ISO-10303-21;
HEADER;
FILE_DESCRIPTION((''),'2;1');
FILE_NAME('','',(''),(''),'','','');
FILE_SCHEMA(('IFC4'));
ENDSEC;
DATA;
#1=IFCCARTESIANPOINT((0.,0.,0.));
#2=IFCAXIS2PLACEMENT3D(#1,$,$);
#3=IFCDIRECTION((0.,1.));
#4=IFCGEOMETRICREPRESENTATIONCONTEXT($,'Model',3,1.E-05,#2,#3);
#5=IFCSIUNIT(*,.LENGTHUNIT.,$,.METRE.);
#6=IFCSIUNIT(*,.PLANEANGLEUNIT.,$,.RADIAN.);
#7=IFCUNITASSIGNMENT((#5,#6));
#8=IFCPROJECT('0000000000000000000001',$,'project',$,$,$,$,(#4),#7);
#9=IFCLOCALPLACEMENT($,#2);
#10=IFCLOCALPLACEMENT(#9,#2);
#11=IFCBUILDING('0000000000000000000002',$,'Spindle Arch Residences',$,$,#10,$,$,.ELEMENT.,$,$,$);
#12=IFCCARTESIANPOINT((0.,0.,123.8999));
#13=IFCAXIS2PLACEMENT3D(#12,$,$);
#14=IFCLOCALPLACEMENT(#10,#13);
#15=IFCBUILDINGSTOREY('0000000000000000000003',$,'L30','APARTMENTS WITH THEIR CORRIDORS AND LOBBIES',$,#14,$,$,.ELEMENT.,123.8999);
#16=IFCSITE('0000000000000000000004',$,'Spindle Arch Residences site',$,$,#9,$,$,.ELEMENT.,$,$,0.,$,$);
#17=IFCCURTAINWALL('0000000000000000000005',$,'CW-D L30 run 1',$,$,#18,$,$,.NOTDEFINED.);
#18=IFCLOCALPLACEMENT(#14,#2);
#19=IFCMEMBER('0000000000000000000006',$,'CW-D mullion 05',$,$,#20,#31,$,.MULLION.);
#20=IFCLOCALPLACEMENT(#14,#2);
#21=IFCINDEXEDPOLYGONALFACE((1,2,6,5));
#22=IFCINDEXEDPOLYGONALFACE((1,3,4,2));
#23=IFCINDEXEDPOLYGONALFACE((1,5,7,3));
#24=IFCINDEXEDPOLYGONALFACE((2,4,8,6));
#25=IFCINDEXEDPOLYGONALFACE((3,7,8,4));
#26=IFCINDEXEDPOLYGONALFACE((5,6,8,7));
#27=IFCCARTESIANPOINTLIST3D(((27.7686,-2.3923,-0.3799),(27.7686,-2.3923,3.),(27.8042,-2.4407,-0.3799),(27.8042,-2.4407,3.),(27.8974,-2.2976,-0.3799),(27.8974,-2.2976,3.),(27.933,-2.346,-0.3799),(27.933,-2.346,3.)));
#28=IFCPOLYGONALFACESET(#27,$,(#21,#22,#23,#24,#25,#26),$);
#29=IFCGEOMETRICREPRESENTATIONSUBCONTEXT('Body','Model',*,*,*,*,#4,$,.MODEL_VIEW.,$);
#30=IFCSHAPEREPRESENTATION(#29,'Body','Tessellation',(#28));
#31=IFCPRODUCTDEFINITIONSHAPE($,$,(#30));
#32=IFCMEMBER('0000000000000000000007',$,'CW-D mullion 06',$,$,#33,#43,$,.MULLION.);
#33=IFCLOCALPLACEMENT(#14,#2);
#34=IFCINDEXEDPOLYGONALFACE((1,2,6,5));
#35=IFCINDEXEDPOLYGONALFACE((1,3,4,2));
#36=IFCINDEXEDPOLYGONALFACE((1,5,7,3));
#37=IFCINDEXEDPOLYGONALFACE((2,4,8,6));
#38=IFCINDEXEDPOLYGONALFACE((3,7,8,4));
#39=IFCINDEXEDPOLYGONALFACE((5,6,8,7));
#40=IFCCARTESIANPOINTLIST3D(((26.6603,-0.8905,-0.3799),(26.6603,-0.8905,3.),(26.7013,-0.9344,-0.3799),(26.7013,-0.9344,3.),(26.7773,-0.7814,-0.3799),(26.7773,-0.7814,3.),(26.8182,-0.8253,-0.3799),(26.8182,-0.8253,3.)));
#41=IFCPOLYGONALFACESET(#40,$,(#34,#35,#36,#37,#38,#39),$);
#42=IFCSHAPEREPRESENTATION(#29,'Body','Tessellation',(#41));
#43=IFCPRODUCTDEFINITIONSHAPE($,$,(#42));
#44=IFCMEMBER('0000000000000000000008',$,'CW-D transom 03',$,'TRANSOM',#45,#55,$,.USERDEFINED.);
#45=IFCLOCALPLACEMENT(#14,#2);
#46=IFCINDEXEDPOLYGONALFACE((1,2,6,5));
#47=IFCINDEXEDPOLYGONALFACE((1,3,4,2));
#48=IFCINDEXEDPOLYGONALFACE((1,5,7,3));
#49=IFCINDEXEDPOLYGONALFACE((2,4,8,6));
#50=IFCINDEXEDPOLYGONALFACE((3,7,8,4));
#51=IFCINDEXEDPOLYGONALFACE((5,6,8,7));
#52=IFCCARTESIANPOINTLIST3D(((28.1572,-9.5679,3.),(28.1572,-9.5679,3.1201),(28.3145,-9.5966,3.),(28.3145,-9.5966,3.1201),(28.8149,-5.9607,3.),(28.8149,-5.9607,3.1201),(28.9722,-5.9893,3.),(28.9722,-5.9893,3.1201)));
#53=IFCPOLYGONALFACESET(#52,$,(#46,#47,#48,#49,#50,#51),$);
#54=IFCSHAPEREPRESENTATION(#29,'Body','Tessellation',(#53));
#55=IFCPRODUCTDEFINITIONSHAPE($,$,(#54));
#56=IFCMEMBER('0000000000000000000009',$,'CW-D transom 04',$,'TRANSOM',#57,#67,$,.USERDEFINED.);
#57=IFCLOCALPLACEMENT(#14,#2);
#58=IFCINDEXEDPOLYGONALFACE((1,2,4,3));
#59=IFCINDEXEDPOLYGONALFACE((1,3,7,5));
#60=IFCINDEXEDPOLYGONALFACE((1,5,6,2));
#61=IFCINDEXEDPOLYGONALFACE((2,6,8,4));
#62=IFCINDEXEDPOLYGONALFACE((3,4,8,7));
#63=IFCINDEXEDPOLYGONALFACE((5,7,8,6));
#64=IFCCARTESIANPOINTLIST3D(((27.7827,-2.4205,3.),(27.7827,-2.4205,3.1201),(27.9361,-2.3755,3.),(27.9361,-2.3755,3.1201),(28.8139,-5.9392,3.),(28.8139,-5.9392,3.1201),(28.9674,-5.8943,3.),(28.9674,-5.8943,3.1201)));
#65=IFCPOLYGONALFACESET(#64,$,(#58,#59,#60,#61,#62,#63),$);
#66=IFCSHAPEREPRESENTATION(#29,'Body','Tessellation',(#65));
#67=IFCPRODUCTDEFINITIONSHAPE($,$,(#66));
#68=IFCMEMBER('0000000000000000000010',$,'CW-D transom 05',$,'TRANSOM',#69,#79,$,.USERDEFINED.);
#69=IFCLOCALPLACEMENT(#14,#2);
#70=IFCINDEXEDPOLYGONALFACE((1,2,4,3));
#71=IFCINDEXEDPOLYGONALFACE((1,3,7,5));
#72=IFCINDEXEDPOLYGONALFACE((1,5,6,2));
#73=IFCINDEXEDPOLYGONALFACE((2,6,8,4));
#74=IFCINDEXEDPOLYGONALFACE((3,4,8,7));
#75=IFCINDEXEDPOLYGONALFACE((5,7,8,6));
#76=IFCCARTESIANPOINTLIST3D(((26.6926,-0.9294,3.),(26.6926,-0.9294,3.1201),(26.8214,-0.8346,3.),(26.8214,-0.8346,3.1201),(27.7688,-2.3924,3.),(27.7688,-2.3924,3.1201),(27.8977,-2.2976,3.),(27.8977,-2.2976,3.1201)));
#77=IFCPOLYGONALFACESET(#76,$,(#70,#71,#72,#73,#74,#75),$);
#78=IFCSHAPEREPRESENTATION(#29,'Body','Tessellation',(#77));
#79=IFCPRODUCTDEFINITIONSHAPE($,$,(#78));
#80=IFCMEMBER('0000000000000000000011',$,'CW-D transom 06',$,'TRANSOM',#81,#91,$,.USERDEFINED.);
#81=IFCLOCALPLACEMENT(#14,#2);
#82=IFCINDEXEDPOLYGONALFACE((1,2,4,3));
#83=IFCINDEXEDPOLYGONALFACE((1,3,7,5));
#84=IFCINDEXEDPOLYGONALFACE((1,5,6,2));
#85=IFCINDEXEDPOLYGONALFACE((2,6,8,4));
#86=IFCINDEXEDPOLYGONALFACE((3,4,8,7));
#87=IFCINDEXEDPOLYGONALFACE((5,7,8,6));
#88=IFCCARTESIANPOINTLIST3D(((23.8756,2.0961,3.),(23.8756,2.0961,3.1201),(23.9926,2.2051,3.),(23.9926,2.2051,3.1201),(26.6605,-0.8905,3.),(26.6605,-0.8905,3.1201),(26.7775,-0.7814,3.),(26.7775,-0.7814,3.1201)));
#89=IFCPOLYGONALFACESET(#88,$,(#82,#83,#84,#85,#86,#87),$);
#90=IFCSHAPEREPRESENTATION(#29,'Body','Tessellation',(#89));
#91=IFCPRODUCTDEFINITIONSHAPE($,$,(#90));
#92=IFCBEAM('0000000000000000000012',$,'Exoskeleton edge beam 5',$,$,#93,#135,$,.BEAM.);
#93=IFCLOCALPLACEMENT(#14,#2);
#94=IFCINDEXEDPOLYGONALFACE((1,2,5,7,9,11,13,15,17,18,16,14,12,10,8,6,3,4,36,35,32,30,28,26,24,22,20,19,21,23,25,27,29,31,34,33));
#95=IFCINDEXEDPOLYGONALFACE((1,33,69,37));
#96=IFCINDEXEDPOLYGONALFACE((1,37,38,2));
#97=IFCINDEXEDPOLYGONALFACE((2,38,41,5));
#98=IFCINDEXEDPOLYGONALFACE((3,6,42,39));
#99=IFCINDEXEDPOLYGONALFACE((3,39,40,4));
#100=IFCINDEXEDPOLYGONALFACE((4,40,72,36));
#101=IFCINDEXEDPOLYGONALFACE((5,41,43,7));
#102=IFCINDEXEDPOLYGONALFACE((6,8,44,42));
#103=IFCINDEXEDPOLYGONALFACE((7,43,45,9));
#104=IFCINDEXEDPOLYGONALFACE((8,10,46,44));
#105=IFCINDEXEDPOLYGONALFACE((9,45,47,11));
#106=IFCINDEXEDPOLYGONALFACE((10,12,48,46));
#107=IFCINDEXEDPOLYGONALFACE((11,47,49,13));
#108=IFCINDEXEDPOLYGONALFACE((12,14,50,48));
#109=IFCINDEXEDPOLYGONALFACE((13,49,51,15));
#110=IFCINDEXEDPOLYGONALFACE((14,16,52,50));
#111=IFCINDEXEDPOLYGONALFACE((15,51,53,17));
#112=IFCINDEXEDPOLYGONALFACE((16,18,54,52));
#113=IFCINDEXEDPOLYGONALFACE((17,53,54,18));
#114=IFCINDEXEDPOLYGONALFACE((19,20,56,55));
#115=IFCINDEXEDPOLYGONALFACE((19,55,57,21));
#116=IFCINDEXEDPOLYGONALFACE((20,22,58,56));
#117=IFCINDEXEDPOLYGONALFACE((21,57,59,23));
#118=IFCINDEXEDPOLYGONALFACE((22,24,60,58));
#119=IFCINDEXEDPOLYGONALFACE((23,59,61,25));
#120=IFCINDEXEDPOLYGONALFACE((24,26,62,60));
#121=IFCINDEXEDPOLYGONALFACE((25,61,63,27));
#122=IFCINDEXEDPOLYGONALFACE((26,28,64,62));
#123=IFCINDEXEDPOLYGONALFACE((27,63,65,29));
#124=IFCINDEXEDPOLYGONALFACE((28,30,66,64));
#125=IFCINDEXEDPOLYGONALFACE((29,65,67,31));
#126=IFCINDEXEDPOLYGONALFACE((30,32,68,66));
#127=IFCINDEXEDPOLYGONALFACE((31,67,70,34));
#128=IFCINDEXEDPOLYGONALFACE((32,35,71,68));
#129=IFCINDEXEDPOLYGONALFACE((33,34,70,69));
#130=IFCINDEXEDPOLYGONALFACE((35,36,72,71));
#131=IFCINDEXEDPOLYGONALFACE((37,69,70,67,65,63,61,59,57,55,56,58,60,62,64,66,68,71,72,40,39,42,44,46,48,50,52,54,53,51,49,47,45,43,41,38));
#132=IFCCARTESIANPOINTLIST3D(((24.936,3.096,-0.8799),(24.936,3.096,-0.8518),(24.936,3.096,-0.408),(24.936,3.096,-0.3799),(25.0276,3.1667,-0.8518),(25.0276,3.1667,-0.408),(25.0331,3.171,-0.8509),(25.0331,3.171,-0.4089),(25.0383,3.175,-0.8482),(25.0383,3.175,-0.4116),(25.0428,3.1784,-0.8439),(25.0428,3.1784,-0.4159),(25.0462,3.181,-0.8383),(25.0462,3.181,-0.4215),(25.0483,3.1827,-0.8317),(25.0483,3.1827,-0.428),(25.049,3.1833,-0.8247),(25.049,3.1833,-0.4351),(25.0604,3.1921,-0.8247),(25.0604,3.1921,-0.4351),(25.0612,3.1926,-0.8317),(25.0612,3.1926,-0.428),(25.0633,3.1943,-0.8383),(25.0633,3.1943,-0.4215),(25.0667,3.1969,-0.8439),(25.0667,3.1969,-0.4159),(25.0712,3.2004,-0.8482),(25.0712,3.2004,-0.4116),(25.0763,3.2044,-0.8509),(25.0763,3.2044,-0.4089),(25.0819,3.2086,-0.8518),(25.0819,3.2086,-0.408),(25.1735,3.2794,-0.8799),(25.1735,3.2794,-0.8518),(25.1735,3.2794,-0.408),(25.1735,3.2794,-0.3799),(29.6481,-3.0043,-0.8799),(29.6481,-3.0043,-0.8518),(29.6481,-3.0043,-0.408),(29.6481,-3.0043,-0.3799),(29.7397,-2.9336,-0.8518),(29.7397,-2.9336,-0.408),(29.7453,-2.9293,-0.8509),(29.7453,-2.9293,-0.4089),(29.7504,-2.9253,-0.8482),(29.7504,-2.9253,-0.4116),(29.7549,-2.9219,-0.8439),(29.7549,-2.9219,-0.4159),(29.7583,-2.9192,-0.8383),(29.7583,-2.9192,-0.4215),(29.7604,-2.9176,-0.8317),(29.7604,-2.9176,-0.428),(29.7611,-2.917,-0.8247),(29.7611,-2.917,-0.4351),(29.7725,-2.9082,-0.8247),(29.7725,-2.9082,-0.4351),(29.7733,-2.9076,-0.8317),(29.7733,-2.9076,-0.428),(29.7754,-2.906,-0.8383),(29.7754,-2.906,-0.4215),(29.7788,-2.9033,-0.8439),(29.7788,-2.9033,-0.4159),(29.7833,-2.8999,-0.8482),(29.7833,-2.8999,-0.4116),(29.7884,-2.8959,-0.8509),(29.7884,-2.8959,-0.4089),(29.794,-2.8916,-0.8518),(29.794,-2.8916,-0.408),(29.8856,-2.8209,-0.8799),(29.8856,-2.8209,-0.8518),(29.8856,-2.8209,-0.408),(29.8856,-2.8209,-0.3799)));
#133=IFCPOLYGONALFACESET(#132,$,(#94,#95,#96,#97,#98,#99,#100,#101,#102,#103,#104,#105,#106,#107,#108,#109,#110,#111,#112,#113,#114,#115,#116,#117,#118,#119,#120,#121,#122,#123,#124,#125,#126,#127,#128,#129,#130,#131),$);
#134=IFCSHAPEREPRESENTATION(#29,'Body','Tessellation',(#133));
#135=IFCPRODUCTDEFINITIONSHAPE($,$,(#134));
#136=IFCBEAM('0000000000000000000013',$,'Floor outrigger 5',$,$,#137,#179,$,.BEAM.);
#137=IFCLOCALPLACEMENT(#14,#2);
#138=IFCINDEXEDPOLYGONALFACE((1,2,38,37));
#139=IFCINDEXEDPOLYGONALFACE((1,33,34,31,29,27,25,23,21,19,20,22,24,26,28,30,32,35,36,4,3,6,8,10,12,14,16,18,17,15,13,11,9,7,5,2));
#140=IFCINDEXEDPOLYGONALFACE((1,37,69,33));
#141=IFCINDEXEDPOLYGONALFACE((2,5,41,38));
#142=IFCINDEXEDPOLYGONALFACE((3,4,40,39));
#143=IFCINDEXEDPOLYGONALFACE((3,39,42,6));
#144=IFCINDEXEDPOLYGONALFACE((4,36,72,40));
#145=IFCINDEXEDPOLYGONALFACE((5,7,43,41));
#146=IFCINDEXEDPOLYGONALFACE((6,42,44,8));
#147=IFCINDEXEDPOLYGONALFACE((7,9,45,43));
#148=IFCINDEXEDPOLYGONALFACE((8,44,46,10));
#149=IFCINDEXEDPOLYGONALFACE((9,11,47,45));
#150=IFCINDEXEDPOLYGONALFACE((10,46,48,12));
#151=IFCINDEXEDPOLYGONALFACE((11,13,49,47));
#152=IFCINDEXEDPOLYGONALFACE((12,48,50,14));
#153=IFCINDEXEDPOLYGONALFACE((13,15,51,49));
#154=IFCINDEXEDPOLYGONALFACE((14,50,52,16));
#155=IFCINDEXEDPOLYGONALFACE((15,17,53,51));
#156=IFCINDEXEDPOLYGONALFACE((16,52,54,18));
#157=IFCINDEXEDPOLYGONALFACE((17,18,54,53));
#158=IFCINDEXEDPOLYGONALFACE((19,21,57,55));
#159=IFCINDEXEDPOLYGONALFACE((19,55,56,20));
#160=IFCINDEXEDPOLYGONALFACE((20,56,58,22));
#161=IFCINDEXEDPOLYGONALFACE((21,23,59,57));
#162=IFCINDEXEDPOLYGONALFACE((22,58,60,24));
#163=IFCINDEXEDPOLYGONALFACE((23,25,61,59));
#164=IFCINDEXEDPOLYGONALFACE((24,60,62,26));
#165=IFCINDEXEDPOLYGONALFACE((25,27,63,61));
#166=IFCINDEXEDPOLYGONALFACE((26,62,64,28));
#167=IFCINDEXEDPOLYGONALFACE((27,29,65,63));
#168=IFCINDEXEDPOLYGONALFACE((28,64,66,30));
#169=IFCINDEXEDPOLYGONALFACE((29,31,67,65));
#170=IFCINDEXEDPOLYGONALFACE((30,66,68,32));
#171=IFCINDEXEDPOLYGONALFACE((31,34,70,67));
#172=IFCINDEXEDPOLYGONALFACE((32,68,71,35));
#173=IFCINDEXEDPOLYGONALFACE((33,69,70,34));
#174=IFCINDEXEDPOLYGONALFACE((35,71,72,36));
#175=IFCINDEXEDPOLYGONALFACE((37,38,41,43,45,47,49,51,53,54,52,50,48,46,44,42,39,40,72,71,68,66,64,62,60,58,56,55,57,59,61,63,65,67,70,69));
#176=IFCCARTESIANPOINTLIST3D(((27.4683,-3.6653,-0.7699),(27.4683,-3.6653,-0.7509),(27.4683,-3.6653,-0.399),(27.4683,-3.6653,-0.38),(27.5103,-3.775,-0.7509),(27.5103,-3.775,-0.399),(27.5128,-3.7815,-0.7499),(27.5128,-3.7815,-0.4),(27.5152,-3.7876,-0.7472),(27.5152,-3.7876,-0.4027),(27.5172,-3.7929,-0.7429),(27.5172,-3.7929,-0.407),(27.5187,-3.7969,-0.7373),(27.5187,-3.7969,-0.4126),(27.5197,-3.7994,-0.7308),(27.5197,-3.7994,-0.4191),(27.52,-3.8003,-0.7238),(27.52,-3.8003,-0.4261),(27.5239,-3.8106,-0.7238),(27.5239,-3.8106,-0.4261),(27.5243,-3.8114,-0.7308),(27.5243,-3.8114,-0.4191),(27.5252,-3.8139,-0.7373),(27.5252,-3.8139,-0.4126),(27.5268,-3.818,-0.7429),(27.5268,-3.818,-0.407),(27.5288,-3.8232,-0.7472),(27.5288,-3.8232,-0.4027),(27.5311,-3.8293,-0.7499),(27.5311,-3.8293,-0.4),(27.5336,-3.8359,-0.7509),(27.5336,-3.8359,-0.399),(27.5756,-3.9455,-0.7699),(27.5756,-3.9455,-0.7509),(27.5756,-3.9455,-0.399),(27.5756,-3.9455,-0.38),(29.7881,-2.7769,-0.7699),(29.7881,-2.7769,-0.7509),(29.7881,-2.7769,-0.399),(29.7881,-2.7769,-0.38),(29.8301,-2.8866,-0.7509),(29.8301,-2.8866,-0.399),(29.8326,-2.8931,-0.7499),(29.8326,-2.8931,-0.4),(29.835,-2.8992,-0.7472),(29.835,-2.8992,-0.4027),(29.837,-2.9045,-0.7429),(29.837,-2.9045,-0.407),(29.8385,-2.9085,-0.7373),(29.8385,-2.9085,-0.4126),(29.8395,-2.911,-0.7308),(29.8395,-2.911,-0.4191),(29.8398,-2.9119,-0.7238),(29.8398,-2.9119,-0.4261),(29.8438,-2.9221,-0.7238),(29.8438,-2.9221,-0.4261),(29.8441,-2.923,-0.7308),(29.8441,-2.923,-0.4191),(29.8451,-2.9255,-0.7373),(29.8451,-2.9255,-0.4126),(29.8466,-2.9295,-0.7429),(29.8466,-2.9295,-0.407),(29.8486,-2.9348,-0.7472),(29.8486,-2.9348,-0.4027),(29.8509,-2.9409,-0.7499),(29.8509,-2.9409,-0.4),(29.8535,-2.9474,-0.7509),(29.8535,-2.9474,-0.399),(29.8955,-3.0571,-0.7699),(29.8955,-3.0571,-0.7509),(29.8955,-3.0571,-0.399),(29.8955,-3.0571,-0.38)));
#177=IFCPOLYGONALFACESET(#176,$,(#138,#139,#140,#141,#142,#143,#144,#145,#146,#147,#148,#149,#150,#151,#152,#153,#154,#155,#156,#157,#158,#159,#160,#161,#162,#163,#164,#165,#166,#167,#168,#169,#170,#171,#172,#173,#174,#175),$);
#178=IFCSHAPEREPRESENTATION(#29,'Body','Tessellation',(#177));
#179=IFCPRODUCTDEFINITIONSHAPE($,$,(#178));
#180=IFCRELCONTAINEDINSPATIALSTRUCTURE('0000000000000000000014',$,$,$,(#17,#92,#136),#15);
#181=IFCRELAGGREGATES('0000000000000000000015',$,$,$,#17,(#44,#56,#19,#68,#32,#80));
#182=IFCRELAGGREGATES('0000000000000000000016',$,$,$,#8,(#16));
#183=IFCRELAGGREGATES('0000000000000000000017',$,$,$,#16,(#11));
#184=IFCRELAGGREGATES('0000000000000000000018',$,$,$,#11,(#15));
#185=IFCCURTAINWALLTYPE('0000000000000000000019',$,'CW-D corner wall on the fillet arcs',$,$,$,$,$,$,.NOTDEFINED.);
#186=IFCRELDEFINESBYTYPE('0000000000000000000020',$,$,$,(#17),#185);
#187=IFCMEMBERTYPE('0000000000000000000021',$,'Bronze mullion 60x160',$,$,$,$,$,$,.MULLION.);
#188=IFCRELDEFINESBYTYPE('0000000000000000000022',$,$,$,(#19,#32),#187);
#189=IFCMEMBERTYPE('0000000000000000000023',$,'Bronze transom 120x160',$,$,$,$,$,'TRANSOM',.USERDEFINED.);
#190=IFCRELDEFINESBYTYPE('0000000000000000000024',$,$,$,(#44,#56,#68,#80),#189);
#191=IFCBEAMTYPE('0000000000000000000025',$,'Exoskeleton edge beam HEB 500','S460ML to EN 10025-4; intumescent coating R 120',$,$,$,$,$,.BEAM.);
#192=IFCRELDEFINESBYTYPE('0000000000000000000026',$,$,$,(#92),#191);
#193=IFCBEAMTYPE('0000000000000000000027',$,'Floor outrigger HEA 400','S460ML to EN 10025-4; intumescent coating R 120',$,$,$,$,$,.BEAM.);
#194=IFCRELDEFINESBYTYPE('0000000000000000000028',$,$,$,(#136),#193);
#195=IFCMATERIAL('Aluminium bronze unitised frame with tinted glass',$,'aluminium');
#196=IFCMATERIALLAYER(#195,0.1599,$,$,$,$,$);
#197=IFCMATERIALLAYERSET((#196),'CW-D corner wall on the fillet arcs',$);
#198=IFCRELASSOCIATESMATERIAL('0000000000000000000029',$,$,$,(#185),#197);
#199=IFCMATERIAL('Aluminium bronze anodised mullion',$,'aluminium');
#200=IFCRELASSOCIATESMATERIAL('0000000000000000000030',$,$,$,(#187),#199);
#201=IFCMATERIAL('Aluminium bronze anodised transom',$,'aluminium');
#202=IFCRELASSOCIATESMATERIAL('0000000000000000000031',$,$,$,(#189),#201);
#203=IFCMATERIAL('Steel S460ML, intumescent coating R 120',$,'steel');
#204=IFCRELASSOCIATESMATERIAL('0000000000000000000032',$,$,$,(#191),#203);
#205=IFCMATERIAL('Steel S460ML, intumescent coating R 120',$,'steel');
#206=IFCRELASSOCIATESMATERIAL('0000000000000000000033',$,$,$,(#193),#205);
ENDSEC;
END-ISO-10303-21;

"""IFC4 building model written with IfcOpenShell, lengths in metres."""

from ifc_helpers import new_model, si_unit, direction, frame, origin, origin_2d, place, context, subcontext, project, spatial, rectangle, i_section, extrude, material, layer, layer_set, material_profile, profile_set, type_object, element, aggregate, save


model = new_model("IFC4")

# Units and contexts
model_context = context("Model", 3, precision=1e-05, world=origin(), true_north=direction((0.0, 1.0)))
body_context = subcontext(model_context, "Body", "Model", "MODEL_VIEW")
ifc_project = project(units=[si_unit("LENGTHUNIT", "METRE"), si_unit("PLANEANGLEUNIT", "RADIAN")], contexts=[model_context])

# Site, building, storey
site_placement = place(None, origin())
site = spatial("IfcSite", under=ifc_project, at=site_placement, Name="Spindle Arch Residences site", CompositionType="ELEMENT", RefElevation=0.0)
building_placement = place(site_placement, origin())
building = spatial("IfcBuilding", under=site, at=building_placement, Name="Spindle Arch Residences", CompositionType="ELEMENT")
storey_placement = place(building_placement, frame((0.0, 0.0, 123.8999)))
storey = spatial("IfcBuildingStorey", under=building, at=storey_placement, Name="L30", Description="APARTMENTS WITH THEIR CORRIDORS AND LOBBIES", CompositionType="ELEMENT", Elevation=123.8999)

# Curtain wall, members
ifc_material_1 = material(Name="Aluminium bronze unitised frame with tinted glass", Category="aluminium")
ifc_layer_1 = layer(ifc_material_1, 0.1599)
ifc_layer_set_1 = layer_set([ifc_layer_1], Name="CW-D corner wall on the fillet arcs")
curtain_wall_type = type_object("IfcCurtainWallType", Name="CW-D corner wall on the fillet arcs", PredefinedType="NOTDEFINED", material=ifc_layer_set_1)
curtain_wall_placement = place(storey_placement, origin())
curtain_wall = element("IfcCurtainWall", 1, at=curtain_wall_placement, inside=storey, type_object=curtain_wall_type, Name="CW-D L30 run 1", PredefinedType="NOTDEFINED")
ifc_material_2 = material(Name="Aluminium bronze anodised mullion", Category="aluminium")
ifc_material_profile_1 = material_profile(ifc_material_2, rectangle(XDim=0.1599, YDim=0.0601, at=origin_2d()), Name="MU 60x160")
ifc_profile_set_1 = profile_set([ifc_material_profile_1], Name="Aluminium bronze anodised mullion")
member_type_1 = type_object("IfcMemberType", Name="Bronze mullion 60x160", PredefinedType="MULLION", material=ifc_profile_set_1)
member_1_placement = place(storey_placement, frame((27.8508, -2.3691, -0.3799), z_axis=(0.0, 0.0, 1.0), x_axis=(-0.805584, -0.592482, 0.0)))
member_1 = element("IfcMember", 2, at=member_1_placement, type_object=member_type_1, Name="CW-D mullion 05", PredefinedType="MULLION", context=body_context, shape_type="SweptSolid", body=[
    extrude(rectangle(XDim=0.1599, YDim=0.0601, at=origin_2d()), origin(), (0.0, 0.0, 1.0), 3.3799),
])
member_2_placement = place(storey_placement, frame((26.7393, -0.8579, -0.3799), z_axis=(0.0, 0.0, 1.0), x_axis=(-0.731354, -0.681998, 0.0)))
member_2 = element("IfcMember", 3, at=member_2_placement, type_object=member_type_1, Name="CW-D mullion 06", PredefinedType="MULLION", context=body_context, shape_type="SweptSolid", body=[
    extrude(rectangle(XDim=0.1599, YDim=0.0601, at=origin_2d()), origin(), (0.0, 0.0, 1.0), 3.3799),
])
ifc_material_3 = material(Name="Aluminium bronze anodised transom", Category="aluminium")
ifc_material_profile_2 = material_profile(ifc_material_3, rectangle(XDim=0.1599, YDim=0.1201, at=origin_2d()), Name="TR 120x160")
ifc_profile_set_2 = profile_set([ifc_material_profile_2], Name="Aluminium bronze anodised transom")
member_type_2 = type_object("IfcMemberType", Name="Bronze transom 120x160", ElementType="TRANSOM", PredefinedType="USERDEFINED", material=ifc_profile_set_2)
member_3_placement = place(storey_placement, frame((28.2358, -9.5823, 3.0601), z_axis=(0.179378, 0.98378, 0.0), x_axis=(-0.98378, 0.179378, 0.0)))
member_3 = element("IfcMember", 4, at=member_3_placement, type_object=member_type_2, Name="CW-D transom 03", ObjectType="TRANSOM", PredefinedType="USERDEFINED", context=body_context, shape_type="SweptSolid", body=[
    extrude(rectangle(XDim=0.1599, YDim=0.1201, at=origin_2d()), origin(), (0.0, 0.0, 1.0), 3.6667),
])
member_4_placement = place(storey_placement, frame((28.8906, -5.9167, 3.0601), z_axis=(-0.28124, 0.959638, 0.0), x_axis=(-0.959638, -0.28124, 0.0)))
member_4 = element("IfcMember", 5, at=member_4_placement, type_object=member_type_2, Name="CW-D transom 04", ObjectType="TRANSOM", PredefinedType="USERDEFINED", context=body_context, shape_type="SweptSolid", body=[
    extrude(rectangle(XDim=0.1599, YDim=0.1201, at=origin_2d()), origin(), (0.0, 0.0, 1.0), 3.6667),
])
member_5_placement = place(storey_placement, frame((27.8333, -2.345, 3.0601), z_axis=(-0.592575, 0.805515, 0.0), x_axis=(-0.805515, -0.592575, 0.0)))
member_5 = element("IfcMember", 6, at=member_5_placement, type_object=member_type_2, Name="CW-D transom 05", ObjectType="TRANSOM", PredefinedType="USERDEFINED", context=body_context, shape_type="SweptSolid", body=[
    extrude(rectangle(XDim=0.1599, YDim=0.1201, at=origin_2d()), origin(), (0.0, 0.0, 1.0), 1.8162),
])
member_6_placement = place(storey_placement, frame((26.719, -0.8359, 3.0601), z_axis=(-0.681984, 0.731367, 0.0), x_axis=(-0.731367, -0.681984, 0.0)))
member_6 = element("IfcMember", 7, at=member_6_placement, type_object=member_type_2, Name="CW-D transom 06", ObjectType="TRANSOM", PredefinedType="USERDEFINED", context=body_context, shape_type="SweptSolid", body=[
    extrude(rectangle(XDim=0.1599, YDim=0.1201, at=origin_2d()), origin(), (0.0, 0.0, 1.0), 4.0835),
])

# Beams
ifc_material_4 = material(Name="Steel S460ML, intumescent coating R 120", Category="steel")
ifc_material_profile_3 = material_profile(ifc_material_4, i_section(OverallWidth=0.3, OverallDepth=0.5, WebThickness=0.0144, FlangeThickness=0.0281, FilletRadius=0.0271, at=origin_2d()), Name="HEB 500")
ifc_profile_set_3 = profile_set([ifc_material_profile_3], Name="Steel S460ML, intumescent coating R 120")
beam_type_1 = type_object("IfcBeamType", Name="Exoskeleton edge beam HEB 500", Description="S460ML to EN 10025-4; intumescent coating R 120", PredefinedType="BEAM", material=ifc_profile_set_3)
beam_1_placement = place(storey_placement, frame((29.7668, -2.9126, -0.6299), z_axis=(-0.611306, 0.791394, 0.0), x_axis=(-0.791394, -0.611306, 0.0)))
element("IfcBeam", 8, at=beam_1_placement, inside=storey, type_object=beam_type_1, Name="Exoskeleton edge beam 5", PredefinedType="BEAM", context=body_context, shape_type="SweptSolid", body=[
    extrude(i_section(OverallWidth=0.3, OverallDepth=0.5, WebThickness=0.0144, FlangeThickness=0.0281, FilletRadius=0.0271, at=origin_2d()), origin(), (0.0, 0.0, 1.0), 7.7083),
])
ifc_material_5 = material(Name="Steel S460ML, intumescent coating R 120", Category="steel")
ifc_material_profile_4 = material_profile(ifc_material_5, i_section(OverallWidth=0.3, OverallDepth=0.3899, WebThickness=0.011, FlangeThickness=0.019, FilletRadius=0.0271, at=origin_2d()), Name="HEA 400")
ifc_profile_set_4 = profile_set([ifc_material_profile_4], Name="Steel S460ML, intumescent coating R 120")
beam_type_2 = type_object("IfcBeamType", Name="Floor outrigger HEA 400", Description="S460ML to EN 10025-4; intumescent coating R 120", PredefinedType="BEAM", material=ifc_profile_set_4)
beam_2_placement = place(storey_placement, frame((29.8418, -2.917, -0.575), z_axis=(-0.933859, -0.357642, 0.0), x_axis=(0.357642, -0.933859, 0.0)))
element("IfcBeam", 9, at=beam_2_placement, inside=storey, type_object=beam_type_2, Name="Floor outrigger 5", PredefinedType="BEAM", context=body_context, shape_type="SweptSolid", body=[
    extrude(i_section(OverallWidth=0.3, OverallDepth=0.3899, WebThickness=0.011, FlangeThickness=0.019, FilletRadius=0.0271, at=origin_2d()), origin(), (0.0, 0.0, 1.0), 2.4841),
])

aggregate(curtain_wall, [member_3, member_4, member_1, member_5, member_2, member_6])

save(model, "model.ifc")
